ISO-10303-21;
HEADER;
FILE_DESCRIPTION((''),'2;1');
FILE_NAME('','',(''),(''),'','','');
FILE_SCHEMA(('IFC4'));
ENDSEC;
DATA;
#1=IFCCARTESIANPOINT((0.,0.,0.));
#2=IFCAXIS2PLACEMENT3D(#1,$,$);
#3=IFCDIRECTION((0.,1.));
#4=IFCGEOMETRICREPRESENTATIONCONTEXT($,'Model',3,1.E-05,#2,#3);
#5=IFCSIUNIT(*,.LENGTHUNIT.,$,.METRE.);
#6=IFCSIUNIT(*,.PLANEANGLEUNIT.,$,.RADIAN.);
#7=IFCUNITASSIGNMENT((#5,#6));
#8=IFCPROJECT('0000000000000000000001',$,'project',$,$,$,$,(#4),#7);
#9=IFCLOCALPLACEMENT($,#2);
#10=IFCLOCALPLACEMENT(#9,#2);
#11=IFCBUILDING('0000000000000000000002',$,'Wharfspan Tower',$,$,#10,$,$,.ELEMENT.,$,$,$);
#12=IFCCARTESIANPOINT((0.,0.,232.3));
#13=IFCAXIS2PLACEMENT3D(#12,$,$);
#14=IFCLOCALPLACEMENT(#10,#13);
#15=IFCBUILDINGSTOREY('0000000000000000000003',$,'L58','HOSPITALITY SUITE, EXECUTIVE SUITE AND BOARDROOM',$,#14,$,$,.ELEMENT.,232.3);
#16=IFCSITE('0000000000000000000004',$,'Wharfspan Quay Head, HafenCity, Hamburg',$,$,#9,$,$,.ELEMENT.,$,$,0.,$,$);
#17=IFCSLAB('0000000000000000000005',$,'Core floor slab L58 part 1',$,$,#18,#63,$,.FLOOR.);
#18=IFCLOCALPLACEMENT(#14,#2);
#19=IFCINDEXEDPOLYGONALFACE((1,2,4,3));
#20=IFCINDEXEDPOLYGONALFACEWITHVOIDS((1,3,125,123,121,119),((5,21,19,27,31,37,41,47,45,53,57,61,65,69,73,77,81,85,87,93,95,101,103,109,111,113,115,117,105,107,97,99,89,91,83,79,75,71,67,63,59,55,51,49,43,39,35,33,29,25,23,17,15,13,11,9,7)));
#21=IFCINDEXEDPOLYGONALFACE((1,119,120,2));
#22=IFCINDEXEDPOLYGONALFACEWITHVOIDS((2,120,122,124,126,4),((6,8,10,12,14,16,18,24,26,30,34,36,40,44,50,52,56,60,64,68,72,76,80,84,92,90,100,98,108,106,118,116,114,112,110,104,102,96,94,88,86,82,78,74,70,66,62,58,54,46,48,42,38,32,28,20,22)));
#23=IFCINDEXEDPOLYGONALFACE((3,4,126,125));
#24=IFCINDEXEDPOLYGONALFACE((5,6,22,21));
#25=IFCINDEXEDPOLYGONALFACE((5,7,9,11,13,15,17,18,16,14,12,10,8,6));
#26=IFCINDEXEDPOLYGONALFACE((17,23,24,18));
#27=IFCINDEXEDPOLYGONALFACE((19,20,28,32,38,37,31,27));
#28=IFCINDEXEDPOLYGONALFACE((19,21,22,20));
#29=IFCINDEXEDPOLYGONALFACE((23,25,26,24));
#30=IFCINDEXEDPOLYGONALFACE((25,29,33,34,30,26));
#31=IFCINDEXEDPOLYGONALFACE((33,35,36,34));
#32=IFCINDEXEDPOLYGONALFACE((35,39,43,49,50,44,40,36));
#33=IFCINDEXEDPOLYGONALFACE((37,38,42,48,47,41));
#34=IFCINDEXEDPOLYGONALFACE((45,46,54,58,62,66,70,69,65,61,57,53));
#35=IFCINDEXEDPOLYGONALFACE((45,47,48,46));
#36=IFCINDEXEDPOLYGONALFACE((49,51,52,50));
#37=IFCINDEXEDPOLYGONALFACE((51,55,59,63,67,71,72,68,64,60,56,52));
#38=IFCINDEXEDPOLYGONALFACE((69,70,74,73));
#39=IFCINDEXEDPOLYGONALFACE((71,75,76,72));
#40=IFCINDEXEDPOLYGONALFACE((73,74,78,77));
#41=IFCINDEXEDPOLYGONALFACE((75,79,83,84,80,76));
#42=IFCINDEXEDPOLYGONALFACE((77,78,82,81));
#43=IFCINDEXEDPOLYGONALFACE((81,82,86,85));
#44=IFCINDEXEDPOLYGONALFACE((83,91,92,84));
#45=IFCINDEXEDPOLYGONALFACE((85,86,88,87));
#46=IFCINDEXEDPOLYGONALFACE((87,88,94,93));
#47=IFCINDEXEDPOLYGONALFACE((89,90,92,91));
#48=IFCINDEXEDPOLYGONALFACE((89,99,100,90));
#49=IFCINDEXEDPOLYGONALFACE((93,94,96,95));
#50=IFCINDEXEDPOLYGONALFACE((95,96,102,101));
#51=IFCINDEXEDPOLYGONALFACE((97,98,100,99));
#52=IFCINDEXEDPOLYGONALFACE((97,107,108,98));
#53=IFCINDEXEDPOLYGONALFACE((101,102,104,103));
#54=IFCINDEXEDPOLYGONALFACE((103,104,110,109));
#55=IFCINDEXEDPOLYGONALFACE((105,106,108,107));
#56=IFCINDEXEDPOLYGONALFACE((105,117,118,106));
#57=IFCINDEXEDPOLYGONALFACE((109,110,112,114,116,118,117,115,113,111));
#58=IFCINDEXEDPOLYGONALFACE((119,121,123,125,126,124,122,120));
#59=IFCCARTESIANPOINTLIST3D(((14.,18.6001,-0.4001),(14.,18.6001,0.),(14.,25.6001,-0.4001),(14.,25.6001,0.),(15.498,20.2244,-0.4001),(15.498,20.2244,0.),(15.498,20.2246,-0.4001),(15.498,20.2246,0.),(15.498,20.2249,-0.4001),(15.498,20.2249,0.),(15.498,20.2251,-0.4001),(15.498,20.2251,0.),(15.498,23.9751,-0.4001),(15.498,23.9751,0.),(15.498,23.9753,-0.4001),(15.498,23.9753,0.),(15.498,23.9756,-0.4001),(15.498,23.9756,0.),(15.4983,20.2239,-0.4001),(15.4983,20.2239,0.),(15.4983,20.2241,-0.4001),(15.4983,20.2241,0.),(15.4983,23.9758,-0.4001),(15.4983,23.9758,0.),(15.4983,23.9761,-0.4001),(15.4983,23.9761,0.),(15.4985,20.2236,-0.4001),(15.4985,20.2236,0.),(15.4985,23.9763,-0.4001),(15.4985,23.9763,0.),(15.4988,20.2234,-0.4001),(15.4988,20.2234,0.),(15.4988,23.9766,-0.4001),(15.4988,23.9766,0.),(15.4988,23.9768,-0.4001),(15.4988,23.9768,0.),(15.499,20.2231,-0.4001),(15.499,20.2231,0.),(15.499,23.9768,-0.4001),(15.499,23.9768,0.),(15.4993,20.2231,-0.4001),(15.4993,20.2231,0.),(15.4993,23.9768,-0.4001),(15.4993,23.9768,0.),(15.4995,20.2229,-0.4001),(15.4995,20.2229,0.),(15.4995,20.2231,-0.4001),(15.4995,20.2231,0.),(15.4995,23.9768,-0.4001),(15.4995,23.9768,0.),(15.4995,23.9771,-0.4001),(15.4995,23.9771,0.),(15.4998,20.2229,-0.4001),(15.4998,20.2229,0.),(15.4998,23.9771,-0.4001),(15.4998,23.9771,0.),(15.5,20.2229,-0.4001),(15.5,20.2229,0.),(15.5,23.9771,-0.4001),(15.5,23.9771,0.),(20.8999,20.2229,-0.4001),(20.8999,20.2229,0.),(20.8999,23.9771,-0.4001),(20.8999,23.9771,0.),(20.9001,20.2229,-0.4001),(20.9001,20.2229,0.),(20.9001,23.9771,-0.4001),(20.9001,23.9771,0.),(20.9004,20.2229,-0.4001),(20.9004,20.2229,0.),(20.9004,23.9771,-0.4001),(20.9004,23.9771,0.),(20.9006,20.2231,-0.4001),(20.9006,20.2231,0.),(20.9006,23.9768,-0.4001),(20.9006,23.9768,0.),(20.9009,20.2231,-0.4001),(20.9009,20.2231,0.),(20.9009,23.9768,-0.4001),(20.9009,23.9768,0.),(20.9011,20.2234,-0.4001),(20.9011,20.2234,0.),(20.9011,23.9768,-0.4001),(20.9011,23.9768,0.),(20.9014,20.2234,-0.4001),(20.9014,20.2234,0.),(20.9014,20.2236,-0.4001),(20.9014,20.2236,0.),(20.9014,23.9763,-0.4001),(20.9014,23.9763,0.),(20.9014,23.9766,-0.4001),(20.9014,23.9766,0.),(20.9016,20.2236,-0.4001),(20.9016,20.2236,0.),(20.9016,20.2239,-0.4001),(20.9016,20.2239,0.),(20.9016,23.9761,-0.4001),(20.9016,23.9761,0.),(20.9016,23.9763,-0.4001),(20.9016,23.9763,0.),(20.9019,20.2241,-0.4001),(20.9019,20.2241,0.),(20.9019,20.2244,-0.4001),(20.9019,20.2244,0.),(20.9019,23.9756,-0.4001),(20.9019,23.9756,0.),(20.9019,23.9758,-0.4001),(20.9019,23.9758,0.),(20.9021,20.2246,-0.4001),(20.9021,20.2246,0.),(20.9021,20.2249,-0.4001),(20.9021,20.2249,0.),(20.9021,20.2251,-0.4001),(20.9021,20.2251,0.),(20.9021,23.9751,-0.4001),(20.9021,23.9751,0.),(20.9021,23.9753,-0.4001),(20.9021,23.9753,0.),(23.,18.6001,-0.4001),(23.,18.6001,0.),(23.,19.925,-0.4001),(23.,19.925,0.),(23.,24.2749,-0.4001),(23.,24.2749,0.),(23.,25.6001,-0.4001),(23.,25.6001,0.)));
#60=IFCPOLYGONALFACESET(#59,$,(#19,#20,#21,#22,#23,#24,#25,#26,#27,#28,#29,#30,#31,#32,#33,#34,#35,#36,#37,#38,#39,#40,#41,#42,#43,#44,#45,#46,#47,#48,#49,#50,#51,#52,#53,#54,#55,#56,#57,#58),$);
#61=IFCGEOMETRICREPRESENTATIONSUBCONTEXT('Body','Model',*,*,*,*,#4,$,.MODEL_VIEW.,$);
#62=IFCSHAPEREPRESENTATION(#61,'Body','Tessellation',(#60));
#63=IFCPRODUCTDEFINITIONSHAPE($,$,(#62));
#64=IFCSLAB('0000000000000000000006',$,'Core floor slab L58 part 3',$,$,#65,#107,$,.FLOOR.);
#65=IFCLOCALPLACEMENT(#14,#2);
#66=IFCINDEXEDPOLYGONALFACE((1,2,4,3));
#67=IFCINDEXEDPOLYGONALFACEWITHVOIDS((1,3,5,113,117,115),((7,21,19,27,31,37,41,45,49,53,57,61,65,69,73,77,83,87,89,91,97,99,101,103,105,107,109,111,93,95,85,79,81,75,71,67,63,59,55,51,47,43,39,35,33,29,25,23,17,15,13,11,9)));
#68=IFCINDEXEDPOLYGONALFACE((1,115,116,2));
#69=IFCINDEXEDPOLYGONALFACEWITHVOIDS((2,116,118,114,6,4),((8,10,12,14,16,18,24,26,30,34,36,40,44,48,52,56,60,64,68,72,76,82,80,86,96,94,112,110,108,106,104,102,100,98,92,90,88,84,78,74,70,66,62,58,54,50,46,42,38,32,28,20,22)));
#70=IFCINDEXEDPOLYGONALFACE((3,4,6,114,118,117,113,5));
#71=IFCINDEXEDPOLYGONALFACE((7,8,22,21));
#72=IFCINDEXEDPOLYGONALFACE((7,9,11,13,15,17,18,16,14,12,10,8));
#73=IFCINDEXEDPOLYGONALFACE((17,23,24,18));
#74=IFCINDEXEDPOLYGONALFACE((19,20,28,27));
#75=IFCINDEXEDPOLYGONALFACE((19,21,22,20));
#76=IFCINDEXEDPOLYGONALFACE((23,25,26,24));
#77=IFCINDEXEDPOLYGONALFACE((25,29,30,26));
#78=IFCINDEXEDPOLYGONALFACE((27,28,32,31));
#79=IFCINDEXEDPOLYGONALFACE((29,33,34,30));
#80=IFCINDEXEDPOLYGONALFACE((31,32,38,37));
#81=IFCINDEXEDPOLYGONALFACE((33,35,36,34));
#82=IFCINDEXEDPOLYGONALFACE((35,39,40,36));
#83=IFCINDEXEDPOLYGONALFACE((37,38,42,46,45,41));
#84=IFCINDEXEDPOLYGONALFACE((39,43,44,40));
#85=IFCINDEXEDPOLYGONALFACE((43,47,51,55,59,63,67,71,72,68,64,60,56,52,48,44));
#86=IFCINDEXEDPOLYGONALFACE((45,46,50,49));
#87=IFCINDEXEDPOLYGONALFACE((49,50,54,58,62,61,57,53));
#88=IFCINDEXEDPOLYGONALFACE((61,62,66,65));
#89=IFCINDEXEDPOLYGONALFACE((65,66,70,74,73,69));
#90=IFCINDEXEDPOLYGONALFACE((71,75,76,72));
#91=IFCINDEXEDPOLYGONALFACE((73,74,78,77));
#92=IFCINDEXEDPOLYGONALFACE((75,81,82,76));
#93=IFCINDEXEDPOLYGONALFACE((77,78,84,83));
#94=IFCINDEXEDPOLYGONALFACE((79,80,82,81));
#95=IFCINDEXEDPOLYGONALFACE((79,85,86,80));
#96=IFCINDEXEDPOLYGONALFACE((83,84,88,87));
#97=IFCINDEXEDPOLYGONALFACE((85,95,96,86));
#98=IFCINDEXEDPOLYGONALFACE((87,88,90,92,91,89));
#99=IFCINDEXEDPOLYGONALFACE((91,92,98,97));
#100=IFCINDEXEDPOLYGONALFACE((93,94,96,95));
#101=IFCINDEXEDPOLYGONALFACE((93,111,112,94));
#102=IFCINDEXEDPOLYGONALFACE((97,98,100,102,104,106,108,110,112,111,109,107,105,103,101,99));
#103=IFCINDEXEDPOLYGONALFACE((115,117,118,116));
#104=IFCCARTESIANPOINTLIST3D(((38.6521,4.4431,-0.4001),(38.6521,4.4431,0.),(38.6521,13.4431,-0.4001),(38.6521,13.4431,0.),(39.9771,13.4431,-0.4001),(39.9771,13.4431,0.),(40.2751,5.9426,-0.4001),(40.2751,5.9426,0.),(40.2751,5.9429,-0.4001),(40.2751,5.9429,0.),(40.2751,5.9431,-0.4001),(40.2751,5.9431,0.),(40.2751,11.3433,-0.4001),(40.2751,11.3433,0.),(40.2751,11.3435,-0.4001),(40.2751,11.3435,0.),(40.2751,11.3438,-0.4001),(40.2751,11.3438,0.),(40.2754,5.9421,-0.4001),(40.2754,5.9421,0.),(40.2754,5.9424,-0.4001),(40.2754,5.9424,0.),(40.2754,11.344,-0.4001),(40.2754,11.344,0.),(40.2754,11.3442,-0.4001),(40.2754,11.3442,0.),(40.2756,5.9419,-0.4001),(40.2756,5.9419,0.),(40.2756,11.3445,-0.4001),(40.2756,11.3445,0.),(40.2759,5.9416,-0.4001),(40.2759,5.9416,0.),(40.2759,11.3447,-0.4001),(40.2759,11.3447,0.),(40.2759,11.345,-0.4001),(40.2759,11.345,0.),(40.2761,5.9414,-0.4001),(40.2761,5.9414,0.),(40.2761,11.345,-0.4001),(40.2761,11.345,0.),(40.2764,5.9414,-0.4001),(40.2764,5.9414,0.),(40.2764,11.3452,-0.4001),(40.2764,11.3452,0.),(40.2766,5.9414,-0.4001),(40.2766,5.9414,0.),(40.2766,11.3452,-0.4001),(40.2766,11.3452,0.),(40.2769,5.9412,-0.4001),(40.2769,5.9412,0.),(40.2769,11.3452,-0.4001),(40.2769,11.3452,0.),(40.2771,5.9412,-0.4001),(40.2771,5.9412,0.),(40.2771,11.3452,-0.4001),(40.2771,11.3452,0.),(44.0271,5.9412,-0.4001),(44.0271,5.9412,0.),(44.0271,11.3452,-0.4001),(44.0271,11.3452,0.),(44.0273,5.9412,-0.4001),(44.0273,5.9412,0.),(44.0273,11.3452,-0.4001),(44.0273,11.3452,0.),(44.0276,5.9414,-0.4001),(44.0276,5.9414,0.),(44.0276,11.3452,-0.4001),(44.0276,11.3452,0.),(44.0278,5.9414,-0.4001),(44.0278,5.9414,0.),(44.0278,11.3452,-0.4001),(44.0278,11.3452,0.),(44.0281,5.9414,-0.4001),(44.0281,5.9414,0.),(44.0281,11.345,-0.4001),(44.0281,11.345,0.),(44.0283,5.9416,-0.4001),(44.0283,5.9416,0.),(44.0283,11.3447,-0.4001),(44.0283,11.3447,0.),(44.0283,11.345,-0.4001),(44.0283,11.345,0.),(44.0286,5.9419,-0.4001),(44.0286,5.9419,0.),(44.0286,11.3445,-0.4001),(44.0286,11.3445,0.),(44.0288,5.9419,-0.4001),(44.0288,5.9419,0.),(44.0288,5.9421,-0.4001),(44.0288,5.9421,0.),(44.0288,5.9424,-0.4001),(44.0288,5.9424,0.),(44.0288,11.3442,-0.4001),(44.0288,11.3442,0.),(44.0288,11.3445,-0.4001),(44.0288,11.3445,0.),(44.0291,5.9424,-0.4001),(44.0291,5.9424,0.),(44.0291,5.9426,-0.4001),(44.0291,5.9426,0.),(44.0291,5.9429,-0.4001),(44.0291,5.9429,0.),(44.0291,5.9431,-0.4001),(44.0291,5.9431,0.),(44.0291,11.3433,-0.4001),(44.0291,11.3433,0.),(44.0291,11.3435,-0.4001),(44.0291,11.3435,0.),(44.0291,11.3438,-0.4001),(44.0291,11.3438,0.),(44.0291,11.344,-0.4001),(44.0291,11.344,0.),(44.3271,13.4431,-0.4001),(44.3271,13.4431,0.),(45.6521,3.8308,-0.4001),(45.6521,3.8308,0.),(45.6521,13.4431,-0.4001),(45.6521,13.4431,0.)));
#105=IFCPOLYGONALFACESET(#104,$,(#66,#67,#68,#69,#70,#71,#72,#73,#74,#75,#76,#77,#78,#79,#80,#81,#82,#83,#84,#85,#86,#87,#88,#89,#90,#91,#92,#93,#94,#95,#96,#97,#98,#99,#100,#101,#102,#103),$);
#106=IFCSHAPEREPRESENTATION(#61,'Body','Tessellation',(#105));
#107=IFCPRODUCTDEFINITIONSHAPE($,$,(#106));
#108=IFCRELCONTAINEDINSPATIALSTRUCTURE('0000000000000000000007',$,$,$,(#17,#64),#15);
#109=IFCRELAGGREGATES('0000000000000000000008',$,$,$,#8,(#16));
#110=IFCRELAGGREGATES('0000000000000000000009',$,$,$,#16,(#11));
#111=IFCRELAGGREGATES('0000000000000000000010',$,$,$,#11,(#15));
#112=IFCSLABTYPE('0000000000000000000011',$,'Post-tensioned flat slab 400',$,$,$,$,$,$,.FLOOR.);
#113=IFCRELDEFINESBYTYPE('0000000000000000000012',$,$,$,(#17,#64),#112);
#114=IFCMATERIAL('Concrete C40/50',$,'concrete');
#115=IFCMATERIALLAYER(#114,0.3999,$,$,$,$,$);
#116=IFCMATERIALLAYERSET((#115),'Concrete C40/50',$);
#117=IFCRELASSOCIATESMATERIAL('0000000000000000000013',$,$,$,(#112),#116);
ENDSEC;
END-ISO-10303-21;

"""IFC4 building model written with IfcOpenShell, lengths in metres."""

from ifc_helpers import new_model, si_unit, direction, frame, origin, place, context, subcontext, project, spatial, polyline, outline, extrude, material, layer, layer_set, type_object, element, save


model = new_model("IFC4")

# Units and contexts
model_context = context("Model", 3, precision=1e-05, world=origin(), true_north=direction((0.0, 1.0)))
body_context = subcontext(model_context, "Body", "Model", "MODEL_VIEW")
ifc_project = project(units=[si_unit("LENGTHUNIT", "METRE"), si_unit("PLANEANGLEUNIT", "RADIAN")], contexts=[model_context])

# Site, building, storey
site_placement = place(None, origin())
site = spatial("IfcSite", under=ifc_project, at=site_placement, Name="Wharfspan Quay Head, HafenCity, Hamburg", CompositionType="ELEMENT", RefElevation=0.0)
building_placement = place(site_placement, origin())
building = spatial("IfcBuilding", under=site, at=building_placement, Name="Wharfspan Tower", CompositionType="ELEMENT")
storey_placement = place(building_placement, frame((0.0, 0.0, 232.3)))
storey = spatial("IfcBuildingStorey", under=building, at=storey_placement, Name="L58", Description="HOSPITALITY SUITE, EXECUTIVE SUITE AND BOARDROOM", CompositionType="ELEMENT", Elevation=232.3)

# Slabs
ifc_material_1 = material(Name="Concrete C40/50", Category="concrete")
ifc_layer_1 = layer(ifc_material_1, 0.3999)
ifc_layer_set_1 = layer_set([ifc_layer_1], Name="Concrete C40/50")
slab_type_1 = type_object("IfcSlabType", Name="Post-tensioned flat slab 400", PredefinedType="FLOOR", material=ifc_layer_set_1)
slab_1_placement = place(storey_placement, frame((0.0, 0.0, -0.4001)))
element("IfcSlab", 1, at=slab_1_placement, inside=storey, type_object=slab_type_1, Name="Core floor slab L58 part 1", PredefinedType="FLOOR", context=body_context, shape_type="SweptSolid", body=[
    extrude(outline(polyline([(23.0, 19.925), (23.0, 24.2749), (23.0, 25.6001), (14.0, 25.6001), (14.0, 18.6001), (23.0, 18.6001), (23.0, 19.925)]), holes=[polyline([(20.8999, 23.9771), (20.9001, 23.9771), (20.9004, 23.9771), (20.9006, 23.9768), (20.9009, 23.9768), (20.9009, 23.9768), (20.9011, 23.9768), (20.9014, 23.9766), (20.9014, 23.9763), (20.9016, 23.9763), (20.9016, 23.9761), (20.9019, 23.9758), (20.9019, 23.9758), (20.9019, 23.9756), (20.9021, 23.9753), (20.9021, 23.9751), (20.9021, 23.9751), (20.9021, 20.2251), (20.9021, 20.2249), (20.9021, 20.2246), (20.9019, 20.2244), (20.9019, 20.2241), (20.9019, 20.2241), (20.9016, 20.2239), (20.9016, 20.2236), (20.9014, 20.2236), (20.9014, 20.2234), (20.9011, 20.2234), (20.9009, 20.2231), (20.9009, 20.2231), (20.9006, 20.2231), (20.9004, 20.2229), (20.9001, 20.2229), (20.8999, 20.2229), (15.5, 20.2229), (15.4998, 20.2229), (15.4995, 20.2229), (15.4995, 20.2231), (15.4993, 20.2231), (15.499, 20.2231), (15.4988, 20.2234), (15.4988, 20.2234), (15.4985, 20.2236), (15.4985, 20.2236), (15.4983, 20.2239), (15.4983, 20.2241), (15.4983, 20.2241), (15.498, 20.2244), (15.498, 20.2246), (15.498, 20.2249), (15.498, 20.2251), (15.498, 23.9751), (15.498, 23.9751), (15.498, 23.9753), (15.498, 23.9756), (15.4983, 23.9758), (15.4983, 23.9758), (15.4983, 23.9761), (15.4985, 23.9763), (15.4985, 23.9763), (15.4988, 23.9766), (15.4988, 23.9768), (15.499, 23.9768), (15.4993, 23.9768), (15.4995, 23.9768), (15.4995, 23.9771), (15.4998, 23.9771), (15.5, 23.9771), (20.8999, 23.9771)])]), origin(), (0.0, 0.0, 1.0), 0.4001),
])
slab_2_placement = place(storey_placement, frame((0.0, 0.0, -0.4001)))
element("IfcSlab", 2, at=slab_2_placement, inside=storey, type_object=slab_type_1, Name="Core floor slab L58 part 3", PredefinedType="FLOOR", context=body_context, shape_type="SweptSolid", body=[
    extrude(outline(polyline([(44.3271, 13.4431), (39.9771, 13.4431), (38.6521, 13.4431), (38.6521, 4.4431), (45.6521, 3.8308), (45.6521, 13.4431), (44.3271, 13.4431)]), holes=[polyline([(40.2751, 11.3433), (40.2751, 11.3435), (40.2751, 11.3435), (40.2751, 11.3438), (40.2754, 11.344), (40.2754, 11.3442), (40.2754, 11.3442), (40.2756, 11.3445), (40.2756, 11.3445), (40.2759, 11.3447), (40.2759, 11.345), (40.2761, 11.345), (40.2764, 11.3452), (40.2766, 11.3452), (40.2766, 11.3452), (40.2769, 11.3452), (40.2771, 11.3452), (44.0271, 11.3452), (44.0273, 11.3452), (44.0276, 11.3452), (44.0276, 11.3452), (44.0278, 11.3452), (44.0281, 11.345), (44.0283, 11.345), (44.0283, 11.3447), (44.0286, 11.3445), (44.0288, 11.3445), (44.0288, 11.3442), (44.0288, 11.3442), (44.0291, 11.344), (44.0291, 11.3438), (44.0291, 11.3435), (44.0291, 11.3435), (44.0291, 11.3433), (44.0291, 5.9431), (44.0291, 5.9431), (44.0291, 5.9429), (44.0291, 5.9426), (44.0291, 5.9424), (44.0288, 5.9424), (44.0288, 5.9421), (44.0288, 5.9419), (44.0286, 5.9419), (44.0283, 5.9417), (44.0283, 5.9417), (44.0281, 5.9414), (44.0278, 5.9414), (44.0276, 5.9414), (44.0276, 5.9414), (44.0273, 5.9412), (44.0271, 5.9412), (40.2771, 5.9412), (40.2769, 5.9412), (40.2766, 5.9414), (40.2766, 5.9414), (40.2764, 5.9414), (40.2761, 5.9414), (40.2759, 5.9417), (40.2759, 5.9417), (40.2756, 5.9419), (40.2756, 5.9419), (40.2754, 5.9421), (40.2754, 5.9424), (40.2754, 5.9424), (40.2751, 5.9426), (40.2751, 5.9429), (40.2751, 5.9431), (40.2751, 5.9431), (40.2751, 11.3433)])]), origin(), (0.0, 0.0, 1.0), 0.4001),
])

save(model, "model.ifc")
